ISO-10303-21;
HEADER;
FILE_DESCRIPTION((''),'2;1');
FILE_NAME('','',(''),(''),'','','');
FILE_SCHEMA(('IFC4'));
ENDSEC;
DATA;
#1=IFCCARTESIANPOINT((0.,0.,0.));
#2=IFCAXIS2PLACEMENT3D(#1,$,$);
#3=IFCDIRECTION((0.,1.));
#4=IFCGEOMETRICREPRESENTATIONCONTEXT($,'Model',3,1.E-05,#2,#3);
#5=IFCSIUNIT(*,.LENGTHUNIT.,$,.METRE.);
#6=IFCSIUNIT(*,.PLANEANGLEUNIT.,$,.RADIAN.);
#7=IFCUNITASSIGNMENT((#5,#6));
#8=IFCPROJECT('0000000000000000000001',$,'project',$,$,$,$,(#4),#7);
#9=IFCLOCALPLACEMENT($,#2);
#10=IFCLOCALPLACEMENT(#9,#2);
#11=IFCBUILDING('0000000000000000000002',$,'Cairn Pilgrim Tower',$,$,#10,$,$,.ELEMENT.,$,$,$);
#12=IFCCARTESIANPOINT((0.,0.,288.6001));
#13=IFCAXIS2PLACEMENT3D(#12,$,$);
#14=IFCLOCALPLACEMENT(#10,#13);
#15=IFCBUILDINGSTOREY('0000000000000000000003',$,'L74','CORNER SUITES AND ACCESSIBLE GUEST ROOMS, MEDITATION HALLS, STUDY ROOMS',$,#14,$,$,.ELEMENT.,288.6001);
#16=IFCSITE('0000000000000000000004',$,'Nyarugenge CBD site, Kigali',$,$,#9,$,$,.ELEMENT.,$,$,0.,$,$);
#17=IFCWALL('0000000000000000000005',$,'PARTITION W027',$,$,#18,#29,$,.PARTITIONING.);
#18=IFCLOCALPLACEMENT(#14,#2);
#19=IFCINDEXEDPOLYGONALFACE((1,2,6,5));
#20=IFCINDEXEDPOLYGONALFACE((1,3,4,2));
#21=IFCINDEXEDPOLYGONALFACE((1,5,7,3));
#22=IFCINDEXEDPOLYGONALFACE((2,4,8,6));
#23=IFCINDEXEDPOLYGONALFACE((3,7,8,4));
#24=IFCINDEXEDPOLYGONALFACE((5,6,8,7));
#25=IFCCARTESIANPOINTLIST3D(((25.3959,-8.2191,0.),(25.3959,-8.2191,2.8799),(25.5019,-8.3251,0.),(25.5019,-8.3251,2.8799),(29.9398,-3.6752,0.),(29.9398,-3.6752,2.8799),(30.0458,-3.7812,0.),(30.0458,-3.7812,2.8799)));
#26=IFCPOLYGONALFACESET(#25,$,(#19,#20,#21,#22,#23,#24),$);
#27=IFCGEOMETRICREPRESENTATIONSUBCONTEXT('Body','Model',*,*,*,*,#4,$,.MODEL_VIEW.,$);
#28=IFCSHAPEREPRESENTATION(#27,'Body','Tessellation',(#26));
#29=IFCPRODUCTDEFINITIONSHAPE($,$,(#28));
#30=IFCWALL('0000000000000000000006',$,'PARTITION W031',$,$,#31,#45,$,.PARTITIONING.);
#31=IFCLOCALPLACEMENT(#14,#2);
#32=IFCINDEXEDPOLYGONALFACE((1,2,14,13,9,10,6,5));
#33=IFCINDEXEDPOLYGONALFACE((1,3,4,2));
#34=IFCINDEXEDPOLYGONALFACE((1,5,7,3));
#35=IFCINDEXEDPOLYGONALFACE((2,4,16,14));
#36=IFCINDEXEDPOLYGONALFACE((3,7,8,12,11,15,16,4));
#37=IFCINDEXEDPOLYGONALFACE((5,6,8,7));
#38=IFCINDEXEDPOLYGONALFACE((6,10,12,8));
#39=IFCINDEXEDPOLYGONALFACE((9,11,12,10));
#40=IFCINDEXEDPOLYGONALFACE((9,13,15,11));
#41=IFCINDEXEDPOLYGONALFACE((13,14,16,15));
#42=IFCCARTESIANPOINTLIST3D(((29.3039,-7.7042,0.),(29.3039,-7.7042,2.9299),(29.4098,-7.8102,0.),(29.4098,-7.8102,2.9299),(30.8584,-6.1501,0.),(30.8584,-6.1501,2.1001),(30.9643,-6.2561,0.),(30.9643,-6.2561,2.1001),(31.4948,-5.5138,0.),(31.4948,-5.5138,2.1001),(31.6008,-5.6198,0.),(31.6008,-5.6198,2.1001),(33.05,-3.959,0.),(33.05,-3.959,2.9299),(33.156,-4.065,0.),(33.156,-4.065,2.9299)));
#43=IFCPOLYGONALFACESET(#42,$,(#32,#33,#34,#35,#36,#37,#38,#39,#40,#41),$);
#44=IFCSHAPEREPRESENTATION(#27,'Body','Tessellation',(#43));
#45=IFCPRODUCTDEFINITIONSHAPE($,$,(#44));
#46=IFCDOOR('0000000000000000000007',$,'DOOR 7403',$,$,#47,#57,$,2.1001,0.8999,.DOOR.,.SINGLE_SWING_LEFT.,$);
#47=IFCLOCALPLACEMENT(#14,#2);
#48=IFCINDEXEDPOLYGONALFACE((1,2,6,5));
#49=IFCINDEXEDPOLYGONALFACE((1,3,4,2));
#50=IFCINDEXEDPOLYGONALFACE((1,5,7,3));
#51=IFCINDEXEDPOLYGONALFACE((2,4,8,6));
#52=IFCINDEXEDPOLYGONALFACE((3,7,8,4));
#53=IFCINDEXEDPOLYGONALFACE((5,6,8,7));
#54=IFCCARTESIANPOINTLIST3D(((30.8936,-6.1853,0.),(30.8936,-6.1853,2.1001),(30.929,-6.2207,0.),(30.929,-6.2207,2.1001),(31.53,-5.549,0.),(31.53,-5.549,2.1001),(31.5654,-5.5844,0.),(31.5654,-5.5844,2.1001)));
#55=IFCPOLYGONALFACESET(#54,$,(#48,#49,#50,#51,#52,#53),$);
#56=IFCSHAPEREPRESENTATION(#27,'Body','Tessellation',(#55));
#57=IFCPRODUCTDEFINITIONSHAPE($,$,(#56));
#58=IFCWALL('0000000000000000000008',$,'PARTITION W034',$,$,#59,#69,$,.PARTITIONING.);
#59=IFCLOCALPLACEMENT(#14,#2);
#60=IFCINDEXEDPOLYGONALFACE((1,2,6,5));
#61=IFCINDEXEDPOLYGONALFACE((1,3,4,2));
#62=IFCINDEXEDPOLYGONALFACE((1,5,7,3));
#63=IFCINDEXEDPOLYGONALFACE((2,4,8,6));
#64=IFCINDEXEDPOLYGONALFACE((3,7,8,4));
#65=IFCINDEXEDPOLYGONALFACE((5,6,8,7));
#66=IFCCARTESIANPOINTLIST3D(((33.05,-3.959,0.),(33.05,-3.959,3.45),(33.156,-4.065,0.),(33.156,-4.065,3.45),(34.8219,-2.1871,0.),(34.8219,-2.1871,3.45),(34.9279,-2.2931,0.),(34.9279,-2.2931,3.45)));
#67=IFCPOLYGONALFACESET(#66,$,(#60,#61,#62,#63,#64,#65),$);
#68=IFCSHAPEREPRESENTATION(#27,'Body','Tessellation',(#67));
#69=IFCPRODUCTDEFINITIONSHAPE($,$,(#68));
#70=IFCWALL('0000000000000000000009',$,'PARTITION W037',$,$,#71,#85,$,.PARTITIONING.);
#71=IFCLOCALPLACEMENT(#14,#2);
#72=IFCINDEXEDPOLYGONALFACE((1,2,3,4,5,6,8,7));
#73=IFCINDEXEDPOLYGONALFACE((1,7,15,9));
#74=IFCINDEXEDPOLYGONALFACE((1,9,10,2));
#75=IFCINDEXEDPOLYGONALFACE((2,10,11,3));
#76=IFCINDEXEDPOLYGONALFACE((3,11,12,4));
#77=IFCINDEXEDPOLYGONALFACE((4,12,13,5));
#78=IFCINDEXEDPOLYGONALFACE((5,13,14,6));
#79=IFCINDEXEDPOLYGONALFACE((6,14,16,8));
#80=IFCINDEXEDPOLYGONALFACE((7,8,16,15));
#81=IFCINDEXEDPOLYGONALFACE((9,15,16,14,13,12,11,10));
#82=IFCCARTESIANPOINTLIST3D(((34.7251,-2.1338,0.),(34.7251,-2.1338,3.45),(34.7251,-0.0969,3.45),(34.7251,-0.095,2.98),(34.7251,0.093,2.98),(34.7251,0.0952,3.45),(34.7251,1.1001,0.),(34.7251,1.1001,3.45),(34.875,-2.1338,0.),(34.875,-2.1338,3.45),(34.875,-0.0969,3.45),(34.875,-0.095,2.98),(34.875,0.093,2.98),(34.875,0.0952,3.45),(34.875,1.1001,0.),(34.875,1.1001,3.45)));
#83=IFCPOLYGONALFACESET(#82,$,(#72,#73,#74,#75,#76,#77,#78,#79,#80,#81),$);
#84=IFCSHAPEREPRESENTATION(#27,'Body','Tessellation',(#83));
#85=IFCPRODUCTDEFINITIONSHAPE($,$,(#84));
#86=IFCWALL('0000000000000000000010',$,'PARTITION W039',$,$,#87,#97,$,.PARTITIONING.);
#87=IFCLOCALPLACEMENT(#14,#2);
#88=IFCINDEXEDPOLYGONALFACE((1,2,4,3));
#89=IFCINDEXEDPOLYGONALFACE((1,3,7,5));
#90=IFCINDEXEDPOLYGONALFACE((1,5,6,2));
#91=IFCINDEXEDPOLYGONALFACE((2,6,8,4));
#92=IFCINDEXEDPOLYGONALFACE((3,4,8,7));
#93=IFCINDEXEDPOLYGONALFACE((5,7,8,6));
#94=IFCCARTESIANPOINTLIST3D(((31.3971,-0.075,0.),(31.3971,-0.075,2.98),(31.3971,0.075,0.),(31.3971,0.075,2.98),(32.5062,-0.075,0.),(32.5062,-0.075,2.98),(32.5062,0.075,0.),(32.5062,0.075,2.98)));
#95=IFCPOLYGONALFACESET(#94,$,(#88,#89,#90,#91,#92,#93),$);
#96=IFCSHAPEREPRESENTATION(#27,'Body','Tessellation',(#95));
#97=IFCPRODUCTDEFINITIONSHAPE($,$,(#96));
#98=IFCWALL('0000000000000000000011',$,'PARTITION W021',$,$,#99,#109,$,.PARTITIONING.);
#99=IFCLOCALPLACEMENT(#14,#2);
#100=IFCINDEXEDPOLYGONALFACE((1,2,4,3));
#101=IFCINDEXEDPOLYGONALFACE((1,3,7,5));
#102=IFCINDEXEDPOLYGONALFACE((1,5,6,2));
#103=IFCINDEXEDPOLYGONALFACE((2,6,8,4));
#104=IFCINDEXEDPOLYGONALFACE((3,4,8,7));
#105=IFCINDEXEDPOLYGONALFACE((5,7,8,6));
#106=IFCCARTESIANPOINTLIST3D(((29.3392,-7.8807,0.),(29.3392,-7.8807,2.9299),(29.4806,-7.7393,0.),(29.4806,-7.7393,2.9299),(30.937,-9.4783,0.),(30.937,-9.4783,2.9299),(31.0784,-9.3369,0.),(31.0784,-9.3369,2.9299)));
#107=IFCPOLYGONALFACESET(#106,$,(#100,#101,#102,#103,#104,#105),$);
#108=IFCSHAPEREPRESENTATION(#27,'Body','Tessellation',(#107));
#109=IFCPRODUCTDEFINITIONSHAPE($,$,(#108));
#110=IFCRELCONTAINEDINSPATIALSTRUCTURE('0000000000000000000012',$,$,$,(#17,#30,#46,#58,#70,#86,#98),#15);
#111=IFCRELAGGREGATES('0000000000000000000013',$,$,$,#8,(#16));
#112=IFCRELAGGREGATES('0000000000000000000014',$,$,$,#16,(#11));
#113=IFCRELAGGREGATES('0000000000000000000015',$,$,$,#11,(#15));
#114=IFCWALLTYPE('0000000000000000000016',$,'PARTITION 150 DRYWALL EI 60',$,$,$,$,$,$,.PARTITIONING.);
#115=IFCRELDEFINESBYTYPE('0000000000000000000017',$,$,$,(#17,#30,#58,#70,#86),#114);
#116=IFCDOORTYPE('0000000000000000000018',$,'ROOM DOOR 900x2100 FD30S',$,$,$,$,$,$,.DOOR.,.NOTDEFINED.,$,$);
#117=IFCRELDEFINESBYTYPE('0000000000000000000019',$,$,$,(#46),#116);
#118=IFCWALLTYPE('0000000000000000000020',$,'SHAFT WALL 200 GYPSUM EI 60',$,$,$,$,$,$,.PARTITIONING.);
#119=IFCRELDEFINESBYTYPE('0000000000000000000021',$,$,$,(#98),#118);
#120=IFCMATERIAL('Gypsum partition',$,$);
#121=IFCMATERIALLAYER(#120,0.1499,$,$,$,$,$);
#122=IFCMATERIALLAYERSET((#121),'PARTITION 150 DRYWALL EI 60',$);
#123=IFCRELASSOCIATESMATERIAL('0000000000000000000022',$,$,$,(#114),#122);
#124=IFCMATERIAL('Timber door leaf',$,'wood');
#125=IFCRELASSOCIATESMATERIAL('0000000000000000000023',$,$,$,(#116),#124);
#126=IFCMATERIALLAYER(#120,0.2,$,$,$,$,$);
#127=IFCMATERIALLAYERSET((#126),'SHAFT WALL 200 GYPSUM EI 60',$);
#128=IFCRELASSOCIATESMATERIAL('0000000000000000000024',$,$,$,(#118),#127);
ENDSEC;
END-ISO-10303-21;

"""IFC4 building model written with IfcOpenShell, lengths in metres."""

from ifc_helpers import new_model, si_unit, direction, frame, frame_2d, origin, place, context, subcontext, project, spatial, polyline, rectangle, outline, extrude, material, layer, layer_set, type_object, element, fill, save


model = new_model("IFC4")

# Units and contexts
model_context = context("Model", 3, precision=1e-05, world=origin(), true_north=direction((0.0, 1.0)))
body_context = subcontext(model_context, "Body", "Model", "MODEL_VIEW")
ifc_project = project(units=[si_unit("LENGTHUNIT", "METRE"), si_unit("PLANEANGLEUNIT", "RADIAN")], contexts=[model_context])

# Site, building, storey
site_placement = place(None, origin())
site = spatial("IfcSite", under=ifc_project, at=site_placement, Name="Nyarugenge CBD site, Kigali", CompositionType="ELEMENT", RefElevation=0.0)
building_placement = place(site_placement, origin())
building = spatial("IfcBuilding", under=site, at=building_placement, Name="Cairn Pilgrim Tower", CompositionType="ELEMENT")
storey_placement = place(building_placement, frame((0.0, 0.0, 288.6001)))
storey = spatial("IfcBuildingStorey", under=building, at=storey_placement, Name="L74", Description="CORNER SUITES AND ACCESSIBLE GUEST ROOMS, MEDITATION HALLS, STUDY ROOMS", CompositionType="ELEMENT", Elevation=288.6001)

# Shared definitions
ifc_material_1 = material(Name="Gypsum partition")

# Shared definitions
ifc_material_2 = material(Name="Timber door leaf", Category="wood")

# Wall
ifc_layer_1 = layer(ifc_material_1, 0.1499)
ifc_layer_set_1 = layer_set([ifc_layer_1], Name="PARTITION 150 DRYWALL EI 60")
wall_type_1 = type_object("IfcWallType", Name="PARTITION 150 DRYWALL EI 60", PredefinedType="PARTITIONING", material=ifc_layer_set_1)
wall_1_placement = place(storey_placement, frame((25.449, -8.272, 0.0), z_axis=(0.0, 0.0, 1.0), x_axis=(0.707107, 0.707107, 0.0)))
element("IfcWall", 1, at=wall_1_placement, inside=storey, type_object=wall_type_1, Name="PARTITION W027", PredefinedType="PARTITIONING", context=body_context, shape_type="SweptSolid", body=[
    extrude(rectangle(XDim=6.426, YDim=0.1499, at=frame_2d((3.2129, 0.0))), origin(), (0.0, 0.0, 1.0), 2.8799),
])

# Wall, opening, door
wall_2_placement = place(storey_placement, frame((29.3569, -7.7571, 0.0), z_axis=(0.0, 0.0, 1.0), x_axis=(0.707199, 0.707015, 0.0)))
wall_2 = element("IfcWall", 2, at=wall_2_placement, inside=storey, type_object=wall_type_1, Name="PARTITION W031", PredefinedType="PARTITIONING", context=body_context, shape_type="SweptSolid", body=[
    extrude(rectangle(XDim=5.2971, YDim=0.1499, at=frame_2d((2.6484, 0.0))), origin(), (0.0, 0.0, 1.0), 2.9299),
])
opening_1_placement = place(wall_2_placement, frame((2.198, 0.0, 0.0)))
opening_1 = element("IfcOpeningElement", 3, at=opening_1_placement, cuts=wall_2, PredefinedType="OPENING", context=body_context, shape_type="SweptSolid", body=[
    extrude(rectangle(XDim=0.8999, YDim=2.1001, at=frame_2d((0.45, 1.05))), frame((0.0, 0.085, 0.0), z_axis=(0.0, -1.0, 0.0), x_axis=(1.0, 0.0, 0.0)), (0.0, 0.0, 1.0), 0.1699),
])
door_type_1 = type_object("IfcDoorType", Name="ROOM DOOR 900x2100 FD30S", OperationType="NOTDEFINED", PredefinedType="DOOR", material=ifc_material_2)
door_1_placement = place(opening_1_placement, frame((0.8999, 0.0, 0.0), z_axis=(0.0, 0.0, 1.0), x_axis=(-1.0, 0.0, 0.0)))
door_1 = element("IfcDoor", 4, at=door_1_placement, inside=storey, type_object=door_type_1, Name="DOOR 7403", OperationType="SINGLE_SWING_LEFT", OverallHeight=2.1001, OverallWidth=0.8999, PredefinedType="DOOR", context=body_context, shape_type="SweptSolid", body=[
    extrude(rectangle(XDim=0.8999, YDim=2.1001, at=frame_2d((0.45, 1.05))), frame((0.0, 0.0249, 0.0), z_axis=(0.0, -1.0, 0.0), x_axis=(1.0, 0.0, 0.0)), (0.0, 0.0, 1.0), 0.05),
])
fill(opening_1, door_1)

# Walls
wall_3_placement = place(storey_placement, frame((33.103, -4.012, 0.0), z_axis=(0.0, 0.0, 1.0), x_axis=(0.707107, 0.707107, 0.0)))
element("IfcWall", 5, at=wall_3_placement, inside=storey, type_object=wall_type_1, Name="PARTITION W034", PredefinedType="PARTITIONING", context=body_context, shape_type="SweptSolid", body=[
    extrude(rectangle(XDim=2.5059, YDim=0.1499, at=frame_2d((1.2529, 0.0))), origin(), (0.0, 0.0, 1.0), 3.45),
])
wall_4_placement = place(storey_placement, frame((34.8, -2.1338, 0.0), z_axis=(0.0, 0.0, 1.0), x_axis=(0.0, 1.0, 0.0)))
element("IfcWall", 6, at=wall_4_placement, inside=storey, type_object=wall_type_1, Name="PARTITION W037", PredefinedType="PARTITIONING", context=body_context, shape_type="SweptSolid", body=[
    extrude(outline(polyline([(0.0, 0.0), (3.2339, 0.0), (3.2339, 3.45), (2.229, 3.45), (2.2268, 2.98), (2.0388, 2.98), (2.0369, 3.45), (0.0, 3.45), (0.0, 0.0)])), frame((0.0, 0.075, 0.0), z_axis=(0.0, -1.0, 0.0), x_axis=(1.0, 0.0, 0.0)), (0.0, 0.0, 1.0), 0.1499),
])
wall_5_placement = place(storey_placement, frame((31.397, 0.0, 0.0), z_axis=(0.0, 0.0, 1.0), x_axis=(1.0, 0.0, 0.0)))
element("IfcWall", 7, at=wall_5_placement, inside=storey, type_object=wall_type_1, Name="PARTITION W039", PredefinedType="PARTITIONING", context=body_context, shape_type="SweptSolid", body=[
    extrude(rectangle(XDim=1.1091, YDim=0.1499, at=frame_2d((0.5547, 0.0))), origin(), (0.0, 0.0, 1.0), 2.98),
])
ifc_layer_2 = layer(ifc_material_1, 0.2)
ifc_layer_set_2 = layer_set([ifc_layer_2], Name="SHAFT WALL 200 GYPSUM EI 60")
wall_type_2 = type_object("IfcWallType", Name="SHAFT WALL 200 GYPSUM EI 60", PredefinedType="PARTITIONING", material=ifc_layer_set_2)
wall_6_placement = place(storey_placement, frame((31.0078, -9.4077, 0.0), z_axis=(0.0, 0.0, 1.0), x_axis=(-0.707161, 0.707053, 0.0)))
element("IfcWall", 8, at=wall_6_placement, inside=storey, type_object=wall_type_2, Name="PARTITION W021", PredefinedType="PARTITIONING", context=body_context, shape_type="SweptSolid", body=[
    extrude(rectangle(XDim=2.2595, YDim=0.2, at=frame_2d((1.1299, 0.0))), origin(), (0.0, 0.0, 1.0), 2.9299),
])

save(model, "model.ifc")
